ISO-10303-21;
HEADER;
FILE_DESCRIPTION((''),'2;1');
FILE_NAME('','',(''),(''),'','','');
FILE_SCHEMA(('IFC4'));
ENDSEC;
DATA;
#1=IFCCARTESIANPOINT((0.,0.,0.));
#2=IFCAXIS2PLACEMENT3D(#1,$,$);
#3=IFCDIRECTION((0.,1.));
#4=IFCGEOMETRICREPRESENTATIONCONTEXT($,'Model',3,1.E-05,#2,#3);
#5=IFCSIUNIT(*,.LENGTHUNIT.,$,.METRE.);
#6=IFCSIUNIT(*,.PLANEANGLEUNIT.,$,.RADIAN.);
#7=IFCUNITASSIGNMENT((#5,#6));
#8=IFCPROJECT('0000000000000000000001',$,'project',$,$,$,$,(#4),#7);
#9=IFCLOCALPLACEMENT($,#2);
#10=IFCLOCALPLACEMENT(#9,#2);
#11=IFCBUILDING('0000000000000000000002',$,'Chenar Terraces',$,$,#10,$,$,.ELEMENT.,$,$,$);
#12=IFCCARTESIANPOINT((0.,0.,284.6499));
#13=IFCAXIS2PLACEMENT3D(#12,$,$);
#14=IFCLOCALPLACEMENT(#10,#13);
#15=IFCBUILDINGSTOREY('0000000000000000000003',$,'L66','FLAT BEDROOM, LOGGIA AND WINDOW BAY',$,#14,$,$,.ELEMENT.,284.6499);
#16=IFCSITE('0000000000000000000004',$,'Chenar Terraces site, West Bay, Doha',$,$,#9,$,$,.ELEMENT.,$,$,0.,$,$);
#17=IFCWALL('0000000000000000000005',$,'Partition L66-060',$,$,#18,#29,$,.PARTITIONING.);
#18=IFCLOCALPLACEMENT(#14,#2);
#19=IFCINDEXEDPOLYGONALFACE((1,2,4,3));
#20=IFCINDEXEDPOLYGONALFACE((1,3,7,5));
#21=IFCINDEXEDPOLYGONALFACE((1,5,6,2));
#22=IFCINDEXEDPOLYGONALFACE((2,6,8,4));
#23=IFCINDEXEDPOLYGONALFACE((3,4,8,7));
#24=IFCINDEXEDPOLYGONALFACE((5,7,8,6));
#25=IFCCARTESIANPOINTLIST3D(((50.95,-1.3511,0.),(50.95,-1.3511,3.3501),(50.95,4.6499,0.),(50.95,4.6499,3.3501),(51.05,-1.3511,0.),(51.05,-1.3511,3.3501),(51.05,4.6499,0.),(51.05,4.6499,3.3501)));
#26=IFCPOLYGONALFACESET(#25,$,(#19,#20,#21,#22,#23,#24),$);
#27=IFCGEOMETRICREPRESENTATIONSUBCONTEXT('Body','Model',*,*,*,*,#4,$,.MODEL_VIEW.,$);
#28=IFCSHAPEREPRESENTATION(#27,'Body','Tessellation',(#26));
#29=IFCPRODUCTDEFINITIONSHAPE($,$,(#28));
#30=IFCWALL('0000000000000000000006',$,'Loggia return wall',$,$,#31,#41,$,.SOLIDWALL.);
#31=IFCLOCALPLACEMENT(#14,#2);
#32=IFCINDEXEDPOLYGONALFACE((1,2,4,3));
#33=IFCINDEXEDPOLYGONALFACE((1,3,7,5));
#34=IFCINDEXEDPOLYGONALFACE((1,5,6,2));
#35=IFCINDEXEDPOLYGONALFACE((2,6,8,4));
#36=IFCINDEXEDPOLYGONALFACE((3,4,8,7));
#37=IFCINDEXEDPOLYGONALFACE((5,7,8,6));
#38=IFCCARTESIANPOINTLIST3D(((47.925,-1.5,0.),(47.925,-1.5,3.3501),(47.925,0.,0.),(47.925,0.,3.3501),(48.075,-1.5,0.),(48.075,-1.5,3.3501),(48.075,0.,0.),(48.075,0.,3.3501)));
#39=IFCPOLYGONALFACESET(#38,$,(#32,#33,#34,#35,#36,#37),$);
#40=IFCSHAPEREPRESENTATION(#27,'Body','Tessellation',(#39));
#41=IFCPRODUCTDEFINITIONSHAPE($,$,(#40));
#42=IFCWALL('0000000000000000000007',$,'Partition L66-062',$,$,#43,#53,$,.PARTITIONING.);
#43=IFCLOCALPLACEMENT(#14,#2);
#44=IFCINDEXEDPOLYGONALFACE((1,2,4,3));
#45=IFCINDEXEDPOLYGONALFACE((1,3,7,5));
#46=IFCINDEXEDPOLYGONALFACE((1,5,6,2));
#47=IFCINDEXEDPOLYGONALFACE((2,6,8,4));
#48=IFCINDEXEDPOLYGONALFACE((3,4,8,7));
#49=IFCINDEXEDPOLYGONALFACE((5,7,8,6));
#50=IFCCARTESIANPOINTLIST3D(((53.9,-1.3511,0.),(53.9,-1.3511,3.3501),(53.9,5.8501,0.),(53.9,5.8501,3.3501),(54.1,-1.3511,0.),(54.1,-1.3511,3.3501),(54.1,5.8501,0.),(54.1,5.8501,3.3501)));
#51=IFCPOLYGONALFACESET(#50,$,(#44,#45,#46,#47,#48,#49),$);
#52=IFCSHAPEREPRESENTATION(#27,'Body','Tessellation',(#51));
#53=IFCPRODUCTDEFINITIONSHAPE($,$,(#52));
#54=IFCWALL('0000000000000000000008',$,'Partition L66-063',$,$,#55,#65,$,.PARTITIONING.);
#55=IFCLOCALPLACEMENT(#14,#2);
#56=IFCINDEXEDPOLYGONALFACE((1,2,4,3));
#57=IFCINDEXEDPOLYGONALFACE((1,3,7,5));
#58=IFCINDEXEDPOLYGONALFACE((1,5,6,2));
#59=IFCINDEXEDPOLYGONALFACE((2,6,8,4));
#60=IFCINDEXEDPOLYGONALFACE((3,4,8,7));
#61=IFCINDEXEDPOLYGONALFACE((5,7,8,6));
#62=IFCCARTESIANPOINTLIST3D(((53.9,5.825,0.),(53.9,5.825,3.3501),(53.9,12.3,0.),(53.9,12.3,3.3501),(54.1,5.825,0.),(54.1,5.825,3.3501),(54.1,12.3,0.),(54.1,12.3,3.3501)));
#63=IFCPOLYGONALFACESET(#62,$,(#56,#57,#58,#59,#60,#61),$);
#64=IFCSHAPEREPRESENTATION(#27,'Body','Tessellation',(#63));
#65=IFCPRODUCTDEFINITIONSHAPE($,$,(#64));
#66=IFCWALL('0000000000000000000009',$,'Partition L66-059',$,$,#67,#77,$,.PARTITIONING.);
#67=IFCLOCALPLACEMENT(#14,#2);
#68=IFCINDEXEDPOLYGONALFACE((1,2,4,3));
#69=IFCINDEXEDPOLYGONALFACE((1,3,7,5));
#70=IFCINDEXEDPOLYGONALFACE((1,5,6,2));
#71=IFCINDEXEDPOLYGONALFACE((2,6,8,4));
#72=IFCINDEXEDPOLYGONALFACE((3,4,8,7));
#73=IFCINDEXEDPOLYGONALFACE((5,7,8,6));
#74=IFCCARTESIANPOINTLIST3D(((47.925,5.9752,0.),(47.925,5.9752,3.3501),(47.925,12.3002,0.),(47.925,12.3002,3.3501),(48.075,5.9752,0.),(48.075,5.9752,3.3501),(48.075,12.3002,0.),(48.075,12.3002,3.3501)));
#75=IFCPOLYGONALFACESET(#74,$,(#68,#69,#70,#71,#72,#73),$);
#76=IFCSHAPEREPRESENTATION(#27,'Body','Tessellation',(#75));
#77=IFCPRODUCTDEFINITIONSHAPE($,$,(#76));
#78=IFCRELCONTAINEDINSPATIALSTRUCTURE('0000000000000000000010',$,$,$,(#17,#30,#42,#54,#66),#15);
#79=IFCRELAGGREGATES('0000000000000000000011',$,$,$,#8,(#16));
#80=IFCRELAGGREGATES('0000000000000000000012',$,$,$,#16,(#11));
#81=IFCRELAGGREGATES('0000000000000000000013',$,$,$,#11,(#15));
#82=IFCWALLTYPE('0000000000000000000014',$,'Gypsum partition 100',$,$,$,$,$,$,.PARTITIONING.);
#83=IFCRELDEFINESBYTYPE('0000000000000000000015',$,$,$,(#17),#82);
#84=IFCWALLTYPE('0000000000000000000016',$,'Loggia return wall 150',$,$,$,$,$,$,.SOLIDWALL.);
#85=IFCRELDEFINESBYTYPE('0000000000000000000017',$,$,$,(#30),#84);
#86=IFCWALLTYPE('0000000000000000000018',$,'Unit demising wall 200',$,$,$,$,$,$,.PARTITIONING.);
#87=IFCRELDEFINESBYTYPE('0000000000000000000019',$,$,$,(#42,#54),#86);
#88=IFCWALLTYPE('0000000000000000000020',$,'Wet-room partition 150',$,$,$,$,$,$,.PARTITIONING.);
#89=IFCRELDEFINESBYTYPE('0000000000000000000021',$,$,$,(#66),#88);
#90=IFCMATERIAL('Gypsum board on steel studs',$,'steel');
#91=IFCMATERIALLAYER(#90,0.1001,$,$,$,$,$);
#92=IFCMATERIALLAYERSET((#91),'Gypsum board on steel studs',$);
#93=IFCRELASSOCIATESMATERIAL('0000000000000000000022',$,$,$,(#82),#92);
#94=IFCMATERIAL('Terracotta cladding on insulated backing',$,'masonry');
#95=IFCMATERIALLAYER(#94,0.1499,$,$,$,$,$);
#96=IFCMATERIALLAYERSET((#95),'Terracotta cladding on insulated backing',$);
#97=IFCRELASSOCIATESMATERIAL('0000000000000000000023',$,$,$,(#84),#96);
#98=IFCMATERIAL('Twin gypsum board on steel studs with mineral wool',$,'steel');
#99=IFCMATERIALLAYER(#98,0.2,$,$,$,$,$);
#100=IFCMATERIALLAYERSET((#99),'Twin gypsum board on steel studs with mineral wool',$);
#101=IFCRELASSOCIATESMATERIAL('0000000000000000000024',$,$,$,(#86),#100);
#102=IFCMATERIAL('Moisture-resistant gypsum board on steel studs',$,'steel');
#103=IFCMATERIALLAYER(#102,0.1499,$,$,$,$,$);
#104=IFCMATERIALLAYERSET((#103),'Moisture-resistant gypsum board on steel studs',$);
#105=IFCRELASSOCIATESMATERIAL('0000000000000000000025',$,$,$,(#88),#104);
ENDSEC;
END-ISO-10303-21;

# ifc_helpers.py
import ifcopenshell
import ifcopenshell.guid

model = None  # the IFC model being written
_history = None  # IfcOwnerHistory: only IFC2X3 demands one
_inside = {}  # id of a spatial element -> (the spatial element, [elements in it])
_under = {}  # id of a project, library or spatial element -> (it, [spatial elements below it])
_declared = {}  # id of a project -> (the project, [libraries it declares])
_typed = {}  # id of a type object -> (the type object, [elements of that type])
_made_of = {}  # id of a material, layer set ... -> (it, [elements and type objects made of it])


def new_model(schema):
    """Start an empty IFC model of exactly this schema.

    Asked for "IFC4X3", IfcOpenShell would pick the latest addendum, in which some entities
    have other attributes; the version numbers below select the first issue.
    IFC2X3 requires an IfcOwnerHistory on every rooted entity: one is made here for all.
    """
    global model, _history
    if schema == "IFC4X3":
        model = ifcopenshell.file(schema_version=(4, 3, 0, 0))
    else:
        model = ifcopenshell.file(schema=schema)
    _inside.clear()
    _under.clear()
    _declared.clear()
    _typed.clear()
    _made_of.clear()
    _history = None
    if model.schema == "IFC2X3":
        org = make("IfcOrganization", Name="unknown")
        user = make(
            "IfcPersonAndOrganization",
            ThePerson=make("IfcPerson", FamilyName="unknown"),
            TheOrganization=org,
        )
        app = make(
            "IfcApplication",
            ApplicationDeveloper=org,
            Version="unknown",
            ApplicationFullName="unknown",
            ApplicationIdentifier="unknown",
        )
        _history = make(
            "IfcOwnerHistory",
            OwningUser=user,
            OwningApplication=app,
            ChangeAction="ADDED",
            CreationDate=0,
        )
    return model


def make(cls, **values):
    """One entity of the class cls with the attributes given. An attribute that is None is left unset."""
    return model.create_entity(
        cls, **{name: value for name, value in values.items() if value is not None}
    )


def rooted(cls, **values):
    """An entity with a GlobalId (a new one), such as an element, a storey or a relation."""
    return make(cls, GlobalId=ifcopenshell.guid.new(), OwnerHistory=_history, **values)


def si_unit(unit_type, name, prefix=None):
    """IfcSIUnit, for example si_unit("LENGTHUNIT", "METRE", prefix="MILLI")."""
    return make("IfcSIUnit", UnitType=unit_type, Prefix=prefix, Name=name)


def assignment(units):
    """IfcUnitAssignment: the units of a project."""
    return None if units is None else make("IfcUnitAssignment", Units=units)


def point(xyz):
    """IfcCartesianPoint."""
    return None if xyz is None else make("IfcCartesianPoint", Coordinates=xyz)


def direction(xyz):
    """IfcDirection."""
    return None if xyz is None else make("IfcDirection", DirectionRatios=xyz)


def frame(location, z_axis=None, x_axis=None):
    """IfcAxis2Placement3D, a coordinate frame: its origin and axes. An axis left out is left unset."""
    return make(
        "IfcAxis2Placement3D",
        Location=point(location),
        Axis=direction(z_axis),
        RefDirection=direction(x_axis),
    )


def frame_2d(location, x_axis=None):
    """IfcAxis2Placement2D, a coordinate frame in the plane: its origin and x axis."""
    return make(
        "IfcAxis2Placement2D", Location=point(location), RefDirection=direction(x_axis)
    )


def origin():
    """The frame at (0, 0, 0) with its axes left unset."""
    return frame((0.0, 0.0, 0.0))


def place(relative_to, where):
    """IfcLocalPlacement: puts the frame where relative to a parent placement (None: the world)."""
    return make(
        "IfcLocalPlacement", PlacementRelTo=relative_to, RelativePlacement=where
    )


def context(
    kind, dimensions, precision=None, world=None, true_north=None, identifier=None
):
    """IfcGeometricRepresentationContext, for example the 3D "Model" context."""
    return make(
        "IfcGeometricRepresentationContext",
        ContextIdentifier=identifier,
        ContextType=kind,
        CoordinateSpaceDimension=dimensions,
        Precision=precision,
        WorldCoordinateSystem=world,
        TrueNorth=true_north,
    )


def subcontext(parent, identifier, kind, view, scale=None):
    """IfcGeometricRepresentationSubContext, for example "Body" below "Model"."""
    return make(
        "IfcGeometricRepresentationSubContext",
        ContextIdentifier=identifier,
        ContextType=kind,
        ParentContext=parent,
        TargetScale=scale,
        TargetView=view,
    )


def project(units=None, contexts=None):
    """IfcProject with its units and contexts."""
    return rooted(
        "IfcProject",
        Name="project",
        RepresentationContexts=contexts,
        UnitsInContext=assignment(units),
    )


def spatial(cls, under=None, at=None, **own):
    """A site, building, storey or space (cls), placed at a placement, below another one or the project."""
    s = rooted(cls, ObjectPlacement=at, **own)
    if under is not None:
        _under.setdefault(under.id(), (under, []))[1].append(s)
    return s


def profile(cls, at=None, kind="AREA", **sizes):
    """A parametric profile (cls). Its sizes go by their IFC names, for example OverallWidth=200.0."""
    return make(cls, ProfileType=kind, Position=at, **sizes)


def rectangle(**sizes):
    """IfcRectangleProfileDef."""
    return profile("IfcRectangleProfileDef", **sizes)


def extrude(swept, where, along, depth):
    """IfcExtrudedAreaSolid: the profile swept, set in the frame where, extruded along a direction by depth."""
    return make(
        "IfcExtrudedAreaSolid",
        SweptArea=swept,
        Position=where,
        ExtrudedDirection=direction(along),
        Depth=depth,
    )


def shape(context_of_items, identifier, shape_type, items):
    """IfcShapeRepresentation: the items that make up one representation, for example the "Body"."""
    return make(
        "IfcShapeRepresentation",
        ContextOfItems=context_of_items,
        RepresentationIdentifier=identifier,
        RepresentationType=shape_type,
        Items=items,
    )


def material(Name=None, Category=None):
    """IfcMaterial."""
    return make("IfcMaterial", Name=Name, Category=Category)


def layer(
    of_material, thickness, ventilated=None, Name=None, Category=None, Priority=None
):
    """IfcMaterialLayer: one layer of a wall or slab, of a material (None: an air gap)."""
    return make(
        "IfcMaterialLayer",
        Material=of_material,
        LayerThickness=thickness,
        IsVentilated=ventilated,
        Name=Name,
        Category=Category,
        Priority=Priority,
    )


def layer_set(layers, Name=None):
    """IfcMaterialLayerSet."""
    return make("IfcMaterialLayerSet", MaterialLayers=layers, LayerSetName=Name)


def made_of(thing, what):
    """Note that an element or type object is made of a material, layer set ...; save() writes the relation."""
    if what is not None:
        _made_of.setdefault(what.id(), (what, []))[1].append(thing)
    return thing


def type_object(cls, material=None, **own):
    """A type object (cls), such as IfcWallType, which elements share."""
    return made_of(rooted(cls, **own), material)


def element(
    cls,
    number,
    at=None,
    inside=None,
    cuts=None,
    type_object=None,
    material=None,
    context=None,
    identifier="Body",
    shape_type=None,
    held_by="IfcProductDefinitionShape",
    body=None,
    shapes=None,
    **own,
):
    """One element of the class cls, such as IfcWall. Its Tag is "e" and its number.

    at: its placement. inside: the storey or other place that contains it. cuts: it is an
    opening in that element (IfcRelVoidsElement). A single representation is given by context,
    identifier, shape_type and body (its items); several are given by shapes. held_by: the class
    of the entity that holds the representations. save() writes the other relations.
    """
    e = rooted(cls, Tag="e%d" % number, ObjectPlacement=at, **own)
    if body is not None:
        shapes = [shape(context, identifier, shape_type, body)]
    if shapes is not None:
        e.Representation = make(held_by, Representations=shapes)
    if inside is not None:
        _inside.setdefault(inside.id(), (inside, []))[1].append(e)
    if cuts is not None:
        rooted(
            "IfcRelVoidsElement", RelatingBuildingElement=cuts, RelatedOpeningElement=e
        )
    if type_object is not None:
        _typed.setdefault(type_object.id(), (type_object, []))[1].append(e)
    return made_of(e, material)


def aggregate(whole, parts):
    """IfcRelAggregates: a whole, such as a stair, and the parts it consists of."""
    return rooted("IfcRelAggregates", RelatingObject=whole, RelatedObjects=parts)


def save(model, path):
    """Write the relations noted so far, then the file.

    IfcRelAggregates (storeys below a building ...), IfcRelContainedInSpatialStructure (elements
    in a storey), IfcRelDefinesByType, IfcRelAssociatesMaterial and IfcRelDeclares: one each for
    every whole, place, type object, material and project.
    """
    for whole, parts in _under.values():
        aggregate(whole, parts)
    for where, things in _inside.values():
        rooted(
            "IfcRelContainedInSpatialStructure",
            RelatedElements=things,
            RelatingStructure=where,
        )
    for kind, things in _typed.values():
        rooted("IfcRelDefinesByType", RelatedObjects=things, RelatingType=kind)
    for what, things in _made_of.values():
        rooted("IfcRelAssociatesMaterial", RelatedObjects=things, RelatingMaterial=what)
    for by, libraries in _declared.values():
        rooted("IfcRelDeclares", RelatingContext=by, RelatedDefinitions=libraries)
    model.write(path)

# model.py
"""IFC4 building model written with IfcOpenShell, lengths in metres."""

from ifc_helpers import new_model, si_unit, direction, frame, frame_2d, origin, place, context, subcontext, project, spatial, rectangle, extrude, material, layer, layer_set, type_object, element, save


model = new_model("IFC4")

# Units and contexts
model_context = context("Model", 3, precision=1e-05, world=origin(), true_north=direction((0.0, 1.0)))
body_context = subcontext(model_context, "Body", "Model", "MODEL_VIEW")
ifc_project = project(units=[si_unit("LENGTHUNIT", "METRE"), si_unit("PLANEANGLEUNIT", "RADIAN")], contexts=[model_context])

# Site, building, storey
site_placement = place(None, origin())
site = spatial("IfcSite", under=ifc_project, at=site_placement, Name="Chenar Terraces site, West Bay, Doha", CompositionType="ELEMENT", RefElevation=0.0)
building_placement = place(site_placement, origin())
building = spatial("IfcBuilding", under=site, at=building_placement, Name="Chenar Terraces", CompositionType="ELEMENT")
storey_placement = place(building_placement, frame((0.0, 0.0, 284.6499)))
storey = spatial("IfcBuildingStorey", under=building, at=storey_placement, Name="L66", Description="FLAT BEDROOM, LOGGIA AND WINDOW BAY", CompositionType="ELEMENT", Elevation=284.6499)

# Walls
ifc_material_1 = material(Name="Gypsum board on steel studs", Category="steel")
ifc_layer_1 = layer(ifc_material_1, 0.1001)
ifc_layer_set_1 = layer_set([ifc_layer_1], Name="Gypsum board on steel studs")
wall_type_1 = type_object("IfcWallType", Name="Gypsum partition 100", PredefinedType="PARTITIONING", material=ifc_layer_set_1)
wall_1_placement = place(storey_placement, frame((51.0, -1.3511, 0.0), z_axis=(0.0, 0.0, 1.0), x_axis=(0.0, 1.0, 0.0)))
element("IfcWall", 1, at=wall_1_placement, inside=storey, type_object=wall_type_1, Name="Partition L66-060", PredefinedType="PARTITIONING", context=body_context, shape_type="SweptSolid", body=[
    extrude(rectangle(XDim=6.001, YDim=0.1001, at=frame_2d((3.0005, 0.0))), origin(), (0.0, 0.0, 1.0), 3.3501),
])
ifc_material_2 = material(Name="Terracotta cladding on insulated backing", Category="masonry")
ifc_layer_2 = layer(ifc_material_2, 0.1499)
ifc_layer_set_2 = layer_set([ifc_layer_2], Name="Terracotta cladding on insulated backing")
wall_type_2 = type_object("IfcWallType", Name="Loggia return wall 150", PredefinedType="SOLIDWALL", material=ifc_layer_set_2)
wall_2_placement = place(storey_placement, frame((48.0, -1.5, 0.0), z_axis=(0.0, 0.0, 1.0), x_axis=(0.0, 1.0, 0.0)))
element("IfcWall", 2, at=wall_2_placement, inside=storey, type_object=wall_type_2, Name="Loggia return wall", PredefinedType="SOLIDWALL", context=body_context, shape_type="SweptSolid", body=[
    extrude(rectangle(XDim=1.5, YDim=0.1499, at=frame_2d((0.75, 0.0))), origin(), (0.0, 0.0, 1.0), 3.3501),
])
ifc_material_3 = material(Name="Twin gypsum board on steel studs with mineral wool", Category="steel")
ifc_layer_3 = layer(ifc_material_3, 0.2)
ifc_layer_set_3 = layer_set([ifc_layer_3], Name="Twin gypsum board on steel studs with mineral wool")
wall_type_3 = type_object("IfcWallType", Name="Unit demising wall 200", PredefinedType="PARTITIONING", material=ifc_layer_set_3)
wall_3_placement = place(storey_placement, frame((54.0, -1.3511, 0.0), z_axis=(0.0, 0.0, 1.0), x_axis=(0.0, 1.0, 0.0)))
element("IfcWall", 3, at=wall_3_placement, inside=storey, type_object=wall_type_3, Name="Partition L66-062", PredefinedType="PARTITIONING", context=body_context, shape_type="SweptSolid", body=[
    extrude(rectangle(XDim=7.2012, YDim=0.2, at=frame_2d((3.6006, 0.0))), origin(), (0.0, 0.0, 1.0), 3.3501),
])
wall_4_placement = place(storey_placement, frame((54.0, 5.825, 0.0), z_axis=(0.0, 0.0, 1.0), x_axis=(0.0, 1.0, 0.0)))
element("IfcWall", 4, at=wall_4_placement, inside=storey, type_object=wall_type_3, Name="Partition L66-063", PredefinedType="PARTITIONING", context=body_context, shape_type="SweptSolid", body=[
    extrude(rectangle(XDim=6.4751, YDim=0.2, at=frame_2d((3.2375, 0.0))), origin(), (0.0, 0.0, 1.0), 3.3501),
])
ifc_material_4 = material(Name="Moisture-resistant gypsum board on steel studs", Category="steel")
ifc_layer_4 = layer(ifc_material_4, 0.1499)
ifc_layer_set_4 = layer_set([ifc_layer_4], Name="Moisture-resistant gypsum board on steel studs")
wall_type_4 = type_object("IfcWallType", Name="Wet-room partition 150", PredefinedType="PARTITIONING", material=ifc_layer_set_4)
wall_5_placement = place(storey_placement, frame((48.0, 5.9751, 0.0), z_axis=(0.0, 0.0, 1.0), x_axis=(0.0, 1.0, 0.0)))
element("IfcWall", 5, at=wall_5_placement, inside=storey, type_object=wall_type_4, Name="Partition L66-059", PredefinedType="PARTITIONING", context=body_context, shape_type="SweptSolid", body=[
    extrude(rectangle(XDim=6.325, YDim=0.1499, at=frame_2d((3.1626, 0.0))), origin(), (0.0, 0.0, 1.0), 3.3501),
])

save(model, "model.ifc")
